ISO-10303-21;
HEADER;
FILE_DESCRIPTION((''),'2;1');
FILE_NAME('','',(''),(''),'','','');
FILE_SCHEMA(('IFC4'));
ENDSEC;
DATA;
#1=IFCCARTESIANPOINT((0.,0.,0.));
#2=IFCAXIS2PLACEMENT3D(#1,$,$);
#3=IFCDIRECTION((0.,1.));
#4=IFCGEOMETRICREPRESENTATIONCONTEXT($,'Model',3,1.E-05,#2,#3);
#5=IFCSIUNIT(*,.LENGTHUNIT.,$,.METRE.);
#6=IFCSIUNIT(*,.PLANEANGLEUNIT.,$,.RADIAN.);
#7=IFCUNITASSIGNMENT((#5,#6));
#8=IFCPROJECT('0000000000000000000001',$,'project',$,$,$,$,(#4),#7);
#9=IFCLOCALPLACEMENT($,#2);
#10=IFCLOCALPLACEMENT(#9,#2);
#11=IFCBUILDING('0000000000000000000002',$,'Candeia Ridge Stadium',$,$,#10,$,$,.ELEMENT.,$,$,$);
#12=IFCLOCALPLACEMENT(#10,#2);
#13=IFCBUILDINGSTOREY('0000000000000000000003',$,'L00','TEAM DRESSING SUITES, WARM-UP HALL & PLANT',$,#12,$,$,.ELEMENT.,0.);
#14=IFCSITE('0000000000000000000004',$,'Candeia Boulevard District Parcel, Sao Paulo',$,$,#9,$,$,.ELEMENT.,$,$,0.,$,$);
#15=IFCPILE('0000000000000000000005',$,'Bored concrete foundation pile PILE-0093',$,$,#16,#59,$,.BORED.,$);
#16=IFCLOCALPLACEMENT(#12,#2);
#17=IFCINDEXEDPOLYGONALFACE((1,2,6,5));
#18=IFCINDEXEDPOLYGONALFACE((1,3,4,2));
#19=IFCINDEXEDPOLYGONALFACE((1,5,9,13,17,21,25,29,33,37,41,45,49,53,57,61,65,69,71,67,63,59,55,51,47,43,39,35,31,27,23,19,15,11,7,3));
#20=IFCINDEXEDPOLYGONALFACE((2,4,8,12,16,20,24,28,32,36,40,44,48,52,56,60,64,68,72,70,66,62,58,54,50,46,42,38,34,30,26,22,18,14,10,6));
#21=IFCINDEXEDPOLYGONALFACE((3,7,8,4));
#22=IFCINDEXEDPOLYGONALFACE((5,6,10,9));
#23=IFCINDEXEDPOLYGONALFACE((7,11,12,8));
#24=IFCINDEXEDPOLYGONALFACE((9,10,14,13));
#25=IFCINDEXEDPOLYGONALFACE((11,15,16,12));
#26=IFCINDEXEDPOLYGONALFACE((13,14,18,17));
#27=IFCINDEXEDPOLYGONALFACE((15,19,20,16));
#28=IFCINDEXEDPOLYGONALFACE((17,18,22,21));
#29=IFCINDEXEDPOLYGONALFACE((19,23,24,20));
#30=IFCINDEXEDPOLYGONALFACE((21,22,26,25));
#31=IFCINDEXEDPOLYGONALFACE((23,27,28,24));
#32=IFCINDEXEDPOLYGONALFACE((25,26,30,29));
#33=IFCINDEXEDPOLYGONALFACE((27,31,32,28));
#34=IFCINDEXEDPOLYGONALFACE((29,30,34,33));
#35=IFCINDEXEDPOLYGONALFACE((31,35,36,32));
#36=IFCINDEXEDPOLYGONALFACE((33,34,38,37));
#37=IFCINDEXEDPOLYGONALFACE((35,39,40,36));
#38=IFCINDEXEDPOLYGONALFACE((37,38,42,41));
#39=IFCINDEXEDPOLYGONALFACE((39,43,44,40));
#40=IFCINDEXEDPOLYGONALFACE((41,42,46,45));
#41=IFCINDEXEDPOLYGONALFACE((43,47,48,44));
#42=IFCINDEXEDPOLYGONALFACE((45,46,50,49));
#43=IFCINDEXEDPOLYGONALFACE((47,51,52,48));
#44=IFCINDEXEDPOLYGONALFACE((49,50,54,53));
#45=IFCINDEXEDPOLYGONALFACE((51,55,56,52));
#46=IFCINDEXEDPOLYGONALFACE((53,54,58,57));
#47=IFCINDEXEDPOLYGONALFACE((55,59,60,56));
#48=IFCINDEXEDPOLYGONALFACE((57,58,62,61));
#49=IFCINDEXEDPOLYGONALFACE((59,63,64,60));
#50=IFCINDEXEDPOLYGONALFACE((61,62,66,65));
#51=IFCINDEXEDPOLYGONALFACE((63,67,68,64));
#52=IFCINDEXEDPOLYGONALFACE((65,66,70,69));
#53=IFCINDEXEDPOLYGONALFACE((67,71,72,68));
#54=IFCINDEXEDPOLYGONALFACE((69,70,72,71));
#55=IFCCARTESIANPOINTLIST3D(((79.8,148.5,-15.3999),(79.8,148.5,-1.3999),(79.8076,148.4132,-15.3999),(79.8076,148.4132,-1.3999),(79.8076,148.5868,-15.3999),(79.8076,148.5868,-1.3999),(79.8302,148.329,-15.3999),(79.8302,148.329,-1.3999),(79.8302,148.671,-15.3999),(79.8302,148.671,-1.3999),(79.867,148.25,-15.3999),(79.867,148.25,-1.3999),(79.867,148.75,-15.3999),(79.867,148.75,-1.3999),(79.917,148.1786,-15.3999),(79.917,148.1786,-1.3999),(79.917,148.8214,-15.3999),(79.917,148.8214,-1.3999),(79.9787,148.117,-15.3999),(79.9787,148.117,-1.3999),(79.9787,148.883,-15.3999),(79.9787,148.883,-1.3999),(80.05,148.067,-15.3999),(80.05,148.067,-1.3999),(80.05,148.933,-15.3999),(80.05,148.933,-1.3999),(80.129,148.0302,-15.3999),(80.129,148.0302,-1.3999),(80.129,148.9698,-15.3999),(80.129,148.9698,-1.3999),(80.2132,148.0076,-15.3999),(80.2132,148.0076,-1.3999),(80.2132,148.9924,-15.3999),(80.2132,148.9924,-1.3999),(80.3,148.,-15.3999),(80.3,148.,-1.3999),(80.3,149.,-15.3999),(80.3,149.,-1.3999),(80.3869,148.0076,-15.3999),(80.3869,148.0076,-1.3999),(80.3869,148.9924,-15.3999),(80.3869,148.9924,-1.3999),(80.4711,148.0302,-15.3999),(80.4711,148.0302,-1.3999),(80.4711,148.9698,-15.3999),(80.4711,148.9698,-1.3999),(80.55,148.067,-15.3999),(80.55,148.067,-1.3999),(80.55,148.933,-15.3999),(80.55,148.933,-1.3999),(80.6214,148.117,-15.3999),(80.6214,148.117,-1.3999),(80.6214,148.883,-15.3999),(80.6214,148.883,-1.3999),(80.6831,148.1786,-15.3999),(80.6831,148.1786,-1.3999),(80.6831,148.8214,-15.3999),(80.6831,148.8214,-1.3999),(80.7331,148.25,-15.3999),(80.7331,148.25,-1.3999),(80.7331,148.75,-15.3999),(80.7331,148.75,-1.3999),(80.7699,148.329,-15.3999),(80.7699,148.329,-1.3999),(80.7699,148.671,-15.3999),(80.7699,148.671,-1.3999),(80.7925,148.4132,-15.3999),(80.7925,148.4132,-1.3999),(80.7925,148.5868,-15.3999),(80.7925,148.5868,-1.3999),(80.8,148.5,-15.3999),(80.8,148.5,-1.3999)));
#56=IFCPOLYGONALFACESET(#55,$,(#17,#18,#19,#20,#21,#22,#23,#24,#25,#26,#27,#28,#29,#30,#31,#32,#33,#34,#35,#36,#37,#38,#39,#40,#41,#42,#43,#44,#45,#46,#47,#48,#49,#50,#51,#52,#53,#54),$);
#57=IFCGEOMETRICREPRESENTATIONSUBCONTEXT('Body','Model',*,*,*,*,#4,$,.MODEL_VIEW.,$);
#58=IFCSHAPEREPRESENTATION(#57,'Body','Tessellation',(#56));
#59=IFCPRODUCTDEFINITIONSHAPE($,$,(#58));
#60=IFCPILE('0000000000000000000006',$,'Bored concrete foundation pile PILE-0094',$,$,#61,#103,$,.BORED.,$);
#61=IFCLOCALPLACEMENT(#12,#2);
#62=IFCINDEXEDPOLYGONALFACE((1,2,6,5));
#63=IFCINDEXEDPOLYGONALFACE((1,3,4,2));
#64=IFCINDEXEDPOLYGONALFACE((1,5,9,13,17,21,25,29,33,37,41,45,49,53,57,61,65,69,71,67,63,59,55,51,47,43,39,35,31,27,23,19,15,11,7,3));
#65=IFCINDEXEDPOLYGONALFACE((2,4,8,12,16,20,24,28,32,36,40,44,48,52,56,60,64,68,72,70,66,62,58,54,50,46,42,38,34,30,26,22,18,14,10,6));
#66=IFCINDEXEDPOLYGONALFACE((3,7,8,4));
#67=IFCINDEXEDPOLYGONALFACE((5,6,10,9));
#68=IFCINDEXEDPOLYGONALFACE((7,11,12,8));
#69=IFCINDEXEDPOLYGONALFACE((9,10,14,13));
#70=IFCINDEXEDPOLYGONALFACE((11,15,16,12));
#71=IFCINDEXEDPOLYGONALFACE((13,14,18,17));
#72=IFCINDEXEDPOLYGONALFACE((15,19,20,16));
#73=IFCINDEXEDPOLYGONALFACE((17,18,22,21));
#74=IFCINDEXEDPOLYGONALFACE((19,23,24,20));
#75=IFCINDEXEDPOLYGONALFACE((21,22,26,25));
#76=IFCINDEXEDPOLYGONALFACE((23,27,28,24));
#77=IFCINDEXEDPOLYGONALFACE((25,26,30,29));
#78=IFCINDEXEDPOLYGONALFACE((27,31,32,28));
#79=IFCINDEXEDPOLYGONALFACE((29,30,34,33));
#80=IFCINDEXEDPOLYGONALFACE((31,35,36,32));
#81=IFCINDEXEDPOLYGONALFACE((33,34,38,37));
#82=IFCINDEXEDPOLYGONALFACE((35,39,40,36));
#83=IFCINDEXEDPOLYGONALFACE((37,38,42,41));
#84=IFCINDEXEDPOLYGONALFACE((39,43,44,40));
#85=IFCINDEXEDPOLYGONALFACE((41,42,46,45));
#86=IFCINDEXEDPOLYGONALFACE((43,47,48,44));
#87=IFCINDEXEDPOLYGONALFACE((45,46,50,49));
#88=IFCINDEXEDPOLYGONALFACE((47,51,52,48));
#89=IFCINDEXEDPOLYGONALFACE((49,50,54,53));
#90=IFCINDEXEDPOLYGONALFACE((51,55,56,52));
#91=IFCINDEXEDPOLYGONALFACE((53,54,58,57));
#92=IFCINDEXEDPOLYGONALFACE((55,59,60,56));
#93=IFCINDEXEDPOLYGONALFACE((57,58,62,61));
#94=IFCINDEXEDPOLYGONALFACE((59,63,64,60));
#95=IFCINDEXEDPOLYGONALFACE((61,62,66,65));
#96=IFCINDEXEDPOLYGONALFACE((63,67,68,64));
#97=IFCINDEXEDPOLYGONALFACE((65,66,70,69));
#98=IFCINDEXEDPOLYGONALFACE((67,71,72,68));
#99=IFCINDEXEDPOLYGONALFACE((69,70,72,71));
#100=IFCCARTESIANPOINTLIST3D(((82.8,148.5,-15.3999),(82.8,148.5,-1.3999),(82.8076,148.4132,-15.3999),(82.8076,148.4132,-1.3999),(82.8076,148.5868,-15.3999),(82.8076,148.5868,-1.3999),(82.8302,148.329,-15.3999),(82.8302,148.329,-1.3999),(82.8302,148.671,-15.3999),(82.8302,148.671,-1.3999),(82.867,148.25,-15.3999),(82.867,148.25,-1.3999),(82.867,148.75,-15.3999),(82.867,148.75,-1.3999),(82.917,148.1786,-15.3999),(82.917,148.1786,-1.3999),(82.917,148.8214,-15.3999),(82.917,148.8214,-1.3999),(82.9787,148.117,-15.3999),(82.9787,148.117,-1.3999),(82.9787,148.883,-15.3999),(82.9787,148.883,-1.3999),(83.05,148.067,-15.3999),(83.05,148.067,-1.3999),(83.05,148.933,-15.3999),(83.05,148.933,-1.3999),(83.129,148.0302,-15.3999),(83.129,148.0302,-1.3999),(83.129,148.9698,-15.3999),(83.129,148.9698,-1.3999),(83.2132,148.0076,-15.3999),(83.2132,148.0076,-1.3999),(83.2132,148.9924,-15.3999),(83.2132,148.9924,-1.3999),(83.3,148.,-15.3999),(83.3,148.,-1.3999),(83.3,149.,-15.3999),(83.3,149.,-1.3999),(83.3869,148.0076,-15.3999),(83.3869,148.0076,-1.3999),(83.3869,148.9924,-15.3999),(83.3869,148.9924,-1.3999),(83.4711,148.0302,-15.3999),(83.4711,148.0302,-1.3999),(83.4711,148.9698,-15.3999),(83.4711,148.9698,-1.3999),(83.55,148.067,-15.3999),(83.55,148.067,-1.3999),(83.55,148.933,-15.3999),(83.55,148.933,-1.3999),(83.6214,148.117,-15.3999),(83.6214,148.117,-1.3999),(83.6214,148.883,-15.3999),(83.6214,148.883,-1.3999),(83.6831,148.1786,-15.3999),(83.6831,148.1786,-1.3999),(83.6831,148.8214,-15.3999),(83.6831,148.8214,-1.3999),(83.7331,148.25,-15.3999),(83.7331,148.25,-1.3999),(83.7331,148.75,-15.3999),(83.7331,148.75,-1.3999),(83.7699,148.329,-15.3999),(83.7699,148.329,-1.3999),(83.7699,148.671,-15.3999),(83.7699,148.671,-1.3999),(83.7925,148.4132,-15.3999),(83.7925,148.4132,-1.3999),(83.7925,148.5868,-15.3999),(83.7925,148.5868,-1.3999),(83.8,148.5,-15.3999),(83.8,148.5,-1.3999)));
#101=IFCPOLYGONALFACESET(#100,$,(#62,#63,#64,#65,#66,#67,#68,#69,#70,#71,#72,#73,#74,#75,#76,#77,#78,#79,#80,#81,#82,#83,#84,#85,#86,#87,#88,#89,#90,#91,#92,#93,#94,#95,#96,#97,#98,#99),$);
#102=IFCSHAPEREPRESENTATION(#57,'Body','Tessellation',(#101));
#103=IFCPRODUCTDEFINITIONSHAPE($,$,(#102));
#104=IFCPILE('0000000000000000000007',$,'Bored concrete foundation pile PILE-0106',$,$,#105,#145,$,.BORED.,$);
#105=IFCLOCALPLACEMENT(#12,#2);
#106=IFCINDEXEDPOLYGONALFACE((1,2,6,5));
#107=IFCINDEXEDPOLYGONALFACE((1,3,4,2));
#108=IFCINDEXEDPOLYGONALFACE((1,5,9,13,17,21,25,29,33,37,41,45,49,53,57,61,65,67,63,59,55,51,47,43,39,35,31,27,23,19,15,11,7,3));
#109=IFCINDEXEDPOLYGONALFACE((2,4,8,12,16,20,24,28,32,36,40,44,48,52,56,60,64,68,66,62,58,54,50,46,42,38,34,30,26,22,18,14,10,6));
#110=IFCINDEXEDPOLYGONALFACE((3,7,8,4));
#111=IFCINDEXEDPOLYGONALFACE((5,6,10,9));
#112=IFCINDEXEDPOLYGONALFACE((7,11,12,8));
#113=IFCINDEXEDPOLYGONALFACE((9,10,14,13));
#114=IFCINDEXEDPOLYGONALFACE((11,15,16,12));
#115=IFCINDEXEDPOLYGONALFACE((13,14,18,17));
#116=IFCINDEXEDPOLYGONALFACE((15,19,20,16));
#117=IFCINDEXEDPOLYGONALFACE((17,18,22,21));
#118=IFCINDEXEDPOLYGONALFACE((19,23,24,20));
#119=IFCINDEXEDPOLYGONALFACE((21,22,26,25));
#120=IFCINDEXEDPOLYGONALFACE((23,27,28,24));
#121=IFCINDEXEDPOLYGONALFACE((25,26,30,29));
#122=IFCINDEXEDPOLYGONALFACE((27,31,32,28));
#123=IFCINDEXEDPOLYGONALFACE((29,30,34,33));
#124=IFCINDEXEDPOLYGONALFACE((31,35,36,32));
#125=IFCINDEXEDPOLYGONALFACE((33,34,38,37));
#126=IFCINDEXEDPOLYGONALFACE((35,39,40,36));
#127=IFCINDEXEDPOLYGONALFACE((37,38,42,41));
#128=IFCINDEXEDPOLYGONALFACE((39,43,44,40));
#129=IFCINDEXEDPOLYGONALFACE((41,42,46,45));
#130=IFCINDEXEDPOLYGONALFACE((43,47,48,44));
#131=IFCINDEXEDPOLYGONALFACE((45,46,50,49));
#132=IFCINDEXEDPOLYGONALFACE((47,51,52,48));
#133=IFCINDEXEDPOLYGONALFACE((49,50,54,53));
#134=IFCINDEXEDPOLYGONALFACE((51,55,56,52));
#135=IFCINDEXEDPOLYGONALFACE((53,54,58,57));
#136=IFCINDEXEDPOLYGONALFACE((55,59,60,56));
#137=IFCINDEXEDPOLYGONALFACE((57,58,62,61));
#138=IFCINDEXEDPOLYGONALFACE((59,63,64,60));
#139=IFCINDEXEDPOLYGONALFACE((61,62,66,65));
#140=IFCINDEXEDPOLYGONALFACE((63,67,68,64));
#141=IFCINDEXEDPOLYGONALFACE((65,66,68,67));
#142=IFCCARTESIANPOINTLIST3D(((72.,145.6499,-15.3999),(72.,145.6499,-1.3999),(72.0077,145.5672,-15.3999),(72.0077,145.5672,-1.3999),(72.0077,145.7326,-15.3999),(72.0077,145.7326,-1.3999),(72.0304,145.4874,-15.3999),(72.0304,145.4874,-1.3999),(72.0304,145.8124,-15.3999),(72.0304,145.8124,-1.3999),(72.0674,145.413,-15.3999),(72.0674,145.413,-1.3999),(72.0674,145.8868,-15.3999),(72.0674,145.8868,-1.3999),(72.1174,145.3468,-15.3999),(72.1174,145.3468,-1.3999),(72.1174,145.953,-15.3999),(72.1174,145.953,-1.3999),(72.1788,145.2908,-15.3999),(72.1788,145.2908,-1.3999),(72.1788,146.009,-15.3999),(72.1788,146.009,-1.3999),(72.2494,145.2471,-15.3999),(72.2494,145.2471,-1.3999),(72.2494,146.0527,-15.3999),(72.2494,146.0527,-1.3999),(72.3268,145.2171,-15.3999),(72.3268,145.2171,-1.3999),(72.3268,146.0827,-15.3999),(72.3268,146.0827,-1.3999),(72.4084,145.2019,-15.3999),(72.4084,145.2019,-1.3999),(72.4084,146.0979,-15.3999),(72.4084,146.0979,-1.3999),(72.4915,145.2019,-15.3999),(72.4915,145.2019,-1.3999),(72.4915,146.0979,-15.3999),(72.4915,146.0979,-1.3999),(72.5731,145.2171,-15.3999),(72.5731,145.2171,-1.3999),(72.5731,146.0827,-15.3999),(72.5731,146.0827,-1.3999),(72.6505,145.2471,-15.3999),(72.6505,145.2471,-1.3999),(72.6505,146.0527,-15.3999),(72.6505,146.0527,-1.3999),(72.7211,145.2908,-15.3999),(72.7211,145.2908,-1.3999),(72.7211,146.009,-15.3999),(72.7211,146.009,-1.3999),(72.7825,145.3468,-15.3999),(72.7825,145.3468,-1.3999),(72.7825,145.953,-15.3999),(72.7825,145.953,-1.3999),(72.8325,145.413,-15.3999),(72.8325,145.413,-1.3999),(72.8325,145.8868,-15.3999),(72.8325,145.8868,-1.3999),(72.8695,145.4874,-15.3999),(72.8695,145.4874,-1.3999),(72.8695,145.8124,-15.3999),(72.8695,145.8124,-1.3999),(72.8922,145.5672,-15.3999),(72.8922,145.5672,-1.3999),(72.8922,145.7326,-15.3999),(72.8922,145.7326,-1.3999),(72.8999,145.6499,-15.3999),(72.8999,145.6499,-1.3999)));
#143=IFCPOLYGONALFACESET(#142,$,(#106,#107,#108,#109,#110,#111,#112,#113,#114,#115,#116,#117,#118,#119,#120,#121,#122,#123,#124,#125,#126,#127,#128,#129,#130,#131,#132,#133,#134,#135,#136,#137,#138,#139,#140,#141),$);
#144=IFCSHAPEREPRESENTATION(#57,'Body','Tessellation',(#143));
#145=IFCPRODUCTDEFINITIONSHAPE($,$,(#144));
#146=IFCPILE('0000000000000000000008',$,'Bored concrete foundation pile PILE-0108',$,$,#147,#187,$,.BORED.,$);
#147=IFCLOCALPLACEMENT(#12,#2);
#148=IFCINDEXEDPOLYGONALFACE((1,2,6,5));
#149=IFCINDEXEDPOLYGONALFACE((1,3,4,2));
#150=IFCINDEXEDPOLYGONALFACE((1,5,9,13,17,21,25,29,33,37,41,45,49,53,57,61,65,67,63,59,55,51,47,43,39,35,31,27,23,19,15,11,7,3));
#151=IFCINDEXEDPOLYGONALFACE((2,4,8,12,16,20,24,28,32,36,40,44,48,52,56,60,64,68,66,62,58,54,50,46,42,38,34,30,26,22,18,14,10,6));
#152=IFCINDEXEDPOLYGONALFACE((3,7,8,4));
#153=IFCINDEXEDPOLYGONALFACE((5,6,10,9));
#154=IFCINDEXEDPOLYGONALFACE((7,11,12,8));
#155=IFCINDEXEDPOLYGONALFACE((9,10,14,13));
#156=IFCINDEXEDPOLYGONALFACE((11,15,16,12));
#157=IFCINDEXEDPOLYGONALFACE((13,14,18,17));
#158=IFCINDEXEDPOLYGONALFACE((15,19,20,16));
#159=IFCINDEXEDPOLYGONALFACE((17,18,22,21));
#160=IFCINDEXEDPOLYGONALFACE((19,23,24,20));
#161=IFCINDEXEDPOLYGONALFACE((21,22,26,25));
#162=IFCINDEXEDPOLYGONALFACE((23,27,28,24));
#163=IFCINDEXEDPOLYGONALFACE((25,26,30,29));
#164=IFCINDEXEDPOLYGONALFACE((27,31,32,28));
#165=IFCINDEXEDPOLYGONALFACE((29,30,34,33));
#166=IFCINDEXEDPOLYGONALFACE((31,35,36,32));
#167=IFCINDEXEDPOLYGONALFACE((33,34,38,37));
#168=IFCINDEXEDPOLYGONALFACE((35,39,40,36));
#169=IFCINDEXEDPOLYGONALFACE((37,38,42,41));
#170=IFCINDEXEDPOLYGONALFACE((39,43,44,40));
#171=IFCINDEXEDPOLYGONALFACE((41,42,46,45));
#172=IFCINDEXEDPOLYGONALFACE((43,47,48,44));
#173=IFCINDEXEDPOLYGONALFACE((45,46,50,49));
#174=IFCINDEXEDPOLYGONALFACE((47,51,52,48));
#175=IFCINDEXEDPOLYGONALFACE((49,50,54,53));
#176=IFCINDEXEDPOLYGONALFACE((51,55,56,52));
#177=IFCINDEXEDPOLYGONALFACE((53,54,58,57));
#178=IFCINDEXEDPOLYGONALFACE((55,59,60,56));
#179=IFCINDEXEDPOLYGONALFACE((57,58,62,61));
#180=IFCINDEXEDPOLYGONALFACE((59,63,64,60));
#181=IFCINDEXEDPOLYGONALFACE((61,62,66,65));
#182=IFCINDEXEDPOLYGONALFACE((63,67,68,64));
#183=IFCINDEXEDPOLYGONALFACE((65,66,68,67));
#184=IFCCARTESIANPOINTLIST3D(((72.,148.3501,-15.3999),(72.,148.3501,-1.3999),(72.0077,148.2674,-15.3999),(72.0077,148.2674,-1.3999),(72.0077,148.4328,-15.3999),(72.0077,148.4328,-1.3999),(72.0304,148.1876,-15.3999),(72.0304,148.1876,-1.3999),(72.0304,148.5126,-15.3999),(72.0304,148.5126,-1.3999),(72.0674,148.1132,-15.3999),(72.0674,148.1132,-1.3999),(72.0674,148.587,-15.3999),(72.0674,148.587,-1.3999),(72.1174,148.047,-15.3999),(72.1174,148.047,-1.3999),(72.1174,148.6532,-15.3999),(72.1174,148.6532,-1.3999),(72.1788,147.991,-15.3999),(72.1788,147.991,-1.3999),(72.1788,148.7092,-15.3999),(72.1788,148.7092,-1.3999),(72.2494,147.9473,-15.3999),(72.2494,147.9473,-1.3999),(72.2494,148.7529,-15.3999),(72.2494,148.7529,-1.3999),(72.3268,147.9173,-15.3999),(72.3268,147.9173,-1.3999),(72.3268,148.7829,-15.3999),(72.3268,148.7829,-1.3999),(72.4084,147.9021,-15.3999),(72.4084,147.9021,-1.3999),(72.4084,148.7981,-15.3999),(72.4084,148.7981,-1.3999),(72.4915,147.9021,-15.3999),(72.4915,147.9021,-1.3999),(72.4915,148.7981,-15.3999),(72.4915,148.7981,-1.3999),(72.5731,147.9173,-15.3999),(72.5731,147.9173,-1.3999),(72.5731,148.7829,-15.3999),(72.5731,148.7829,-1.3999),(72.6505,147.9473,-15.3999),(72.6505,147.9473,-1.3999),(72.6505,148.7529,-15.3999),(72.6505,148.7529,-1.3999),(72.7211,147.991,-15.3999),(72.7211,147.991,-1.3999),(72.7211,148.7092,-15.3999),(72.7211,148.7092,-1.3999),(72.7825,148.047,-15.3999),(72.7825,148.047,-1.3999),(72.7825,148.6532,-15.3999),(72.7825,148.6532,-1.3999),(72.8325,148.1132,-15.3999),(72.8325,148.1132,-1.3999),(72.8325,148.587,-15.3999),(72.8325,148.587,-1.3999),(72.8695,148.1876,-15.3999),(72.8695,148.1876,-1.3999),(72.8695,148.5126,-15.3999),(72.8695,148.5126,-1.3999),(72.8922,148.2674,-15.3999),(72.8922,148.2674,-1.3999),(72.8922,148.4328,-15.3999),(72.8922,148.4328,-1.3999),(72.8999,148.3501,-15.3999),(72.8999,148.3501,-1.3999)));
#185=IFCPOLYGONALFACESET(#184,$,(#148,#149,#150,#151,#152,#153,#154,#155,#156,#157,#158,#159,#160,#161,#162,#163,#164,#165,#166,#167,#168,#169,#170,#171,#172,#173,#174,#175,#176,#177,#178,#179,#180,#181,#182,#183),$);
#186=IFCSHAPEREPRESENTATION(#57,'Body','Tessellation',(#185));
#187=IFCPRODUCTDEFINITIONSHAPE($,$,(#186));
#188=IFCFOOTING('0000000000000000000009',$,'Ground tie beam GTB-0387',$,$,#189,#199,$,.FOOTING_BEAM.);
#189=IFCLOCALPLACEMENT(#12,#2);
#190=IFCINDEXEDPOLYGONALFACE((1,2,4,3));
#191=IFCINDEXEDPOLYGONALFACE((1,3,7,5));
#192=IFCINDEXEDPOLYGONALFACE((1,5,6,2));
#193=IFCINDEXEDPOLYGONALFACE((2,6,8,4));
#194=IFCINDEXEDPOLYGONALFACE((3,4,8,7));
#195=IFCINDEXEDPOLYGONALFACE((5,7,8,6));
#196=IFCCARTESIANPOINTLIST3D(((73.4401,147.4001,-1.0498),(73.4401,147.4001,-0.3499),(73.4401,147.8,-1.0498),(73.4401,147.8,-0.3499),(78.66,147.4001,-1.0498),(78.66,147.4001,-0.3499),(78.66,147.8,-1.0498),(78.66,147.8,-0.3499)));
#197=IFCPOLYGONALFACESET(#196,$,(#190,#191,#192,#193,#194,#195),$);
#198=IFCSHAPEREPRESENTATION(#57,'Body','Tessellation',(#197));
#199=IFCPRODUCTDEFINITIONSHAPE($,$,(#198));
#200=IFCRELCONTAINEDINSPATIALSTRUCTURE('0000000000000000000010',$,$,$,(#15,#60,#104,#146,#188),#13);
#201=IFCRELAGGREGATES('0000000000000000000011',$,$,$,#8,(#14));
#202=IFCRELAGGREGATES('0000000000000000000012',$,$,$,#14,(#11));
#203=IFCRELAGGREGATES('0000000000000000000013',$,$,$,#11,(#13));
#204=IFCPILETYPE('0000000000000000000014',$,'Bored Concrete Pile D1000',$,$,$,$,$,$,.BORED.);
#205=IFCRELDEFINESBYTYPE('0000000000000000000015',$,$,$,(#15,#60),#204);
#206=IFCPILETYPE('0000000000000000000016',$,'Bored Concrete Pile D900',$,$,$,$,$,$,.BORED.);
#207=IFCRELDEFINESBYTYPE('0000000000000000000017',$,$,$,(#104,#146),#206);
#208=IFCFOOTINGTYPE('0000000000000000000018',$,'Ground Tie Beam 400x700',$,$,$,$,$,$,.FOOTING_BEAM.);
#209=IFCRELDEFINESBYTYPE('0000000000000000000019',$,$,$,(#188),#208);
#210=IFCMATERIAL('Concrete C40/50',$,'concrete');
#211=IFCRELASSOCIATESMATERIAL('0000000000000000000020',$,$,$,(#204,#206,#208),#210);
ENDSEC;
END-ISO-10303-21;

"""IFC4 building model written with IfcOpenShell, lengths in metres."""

from ifc_helpers import new_model, si_unit, direction, frame, origin, origin_2d, place, context, subcontext, project, spatial, rectangle, circle, extrude, material, material_profile, profile_set, type_object, element, save


model = new_model("IFC4")

# Units and contexts
model_context = context("Model", 3, precision=1e-05, world=origin(), true_north=direction((0.0, 1.0)))
body_context = subcontext(model_context, "Body", "Model", "MODEL_VIEW")
ifc_project = project(units=[si_unit("LENGTHUNIT", "METRE"), si_unit("PLANEANGLEUNIT", "RADIAN")], contexts=[model_context])

# Site, building, storey
site_placement = place(None, origin())
site = spatial("IfcSite", under=ifc_project, at=site_placement, Name="Candeia Boulevard District Parcel, Sao Paulo", CompositionType="ELEMENT", RefElevation=0.0)
building_placement = place(site_placement, origin())
building = spatial("IfcBuilding", under=site, at=building_placement, Name="Candeia Ridge Stadium", CompositionType="ELEMENT")
storey_placement = place(building_placement, origin())
storey = spatial("IfcBuildingStorey", under=building, at=storey_placement, Name="L00", Description="TEAM DRESSING SUITES, WARM-UP HALL & PLANT", CompositionType="ELEMENT", Elevation=0.0)

# Piles
ifc_material_1 = material(Name="Concrete C40/50", Category="concrete")
ifc_material_profile_1 = material_profile(ifc_material_1, circle(Radius=0.5, at=origin_2d()), Name="PILE-D1000", Category="concrete")
ifc_profile_set_1 = profile_set([ifc_material_profile_1], Name="Concrete C40/50")
pile_type_1 = type_object("IfcPileType", Name="Bored Concrete Pile D1000", PredefinedType="BORED", material=ifc_profile_set_1)
for number, where, z_axis, x_axis, name in (
    (1, (80.3, 148.5, -1.3999), (0.0, 0.0, -1.0), (1.0, 0.0, 0.0), "Bored concrete foundation pile PILE-0093"),
    (2, (83.3, 148.5, -1.3999), (0.0, 0.0, -1.0), (1.0, 0.0, 0.0), "Bored concrete foundation pile PILE-0094"),
):
    element("IfcPile", number, at=place(storey_placement, frame(where, z_axis=z_axis, x_axis=x_axis)), inside=storey, type_object=pile_type_1, Name=name, PredefinedType="BORED", context=body_context, shape_type="SweptSolid", body=[
        extrude(circle(Radius=0.5, at=origin_2d()), origin(), (0.0, 0.0, 1.0), 14.0),
    ])
ifc_material_profile_2 = material_profile(ifc_material_1, circle(Radius=0.45, at=origin_2d()), Name="PILE-D900", Category="concrete")
ifc_profile_set_2 = profile_set([ifc_material_profile_2], Name="Concrete C40/50")
pile_type_2 = type_object("IfcPileType", Name="Bored Concrete Pile D900", PredefinedType="BORED", material=ifc_profile_set_2)
for number, where, z_axis, x_axis, name in (
    (3, (72.45, 145.6499, -1.3999), (0.0, 0.0, -1.0), (1.0, 0.0, 0.0), "Bored concrete foundation pile PILE-0106"),
    (4, (72.45, 148.3501, -1.3999), (0.0, 0.0, -1.0), (1.0, 0.0, 0.0), "Bored concrete foundation pile PILE-0108"),
):
    element("IfcPile", number, at=place(storey_placement, frame(where, z_axis=z_axis, x_axis=x_axis)), inside=storey, type_object=pile_type_2, Name=name, PredefinedType="BORED", context=body_context, shape_type="SweptSolid", body=[
        extrude(circle(Radius=0.45, at=origin_2d()), origin(), (0.0, 0.0, 1.0), 14.0),
    ])

# Footing
footing_type_1 = type_object("IfcFootingType", Name="Ground Tie Beam 400x700", PredefinedType="FOOTING_BEAM", material=ifc_material_1)
footing_1_placement = place(storey_placement, frame((76.05, 147.6001, -1.0498), z_axis=(0.0, 0.0, 1.0), x_axis=(1.0, 0.0, 0.0)))
element("IfcFooting", 5, at=footing_1_placement, inside=storey, type_object=footing_type_1, Name="Ground tie beam GTB-0387", PredefinedType="FOOTING_BEAM", context=body_context, shape_type="SweptSolid", body=[
    extrude(rectangle(XDim=5.22, YDim=0.3999, at=origin_2d()), origin(), (0.0, 0.0, 1.0), 0.7),
])

save(model, "model.ifc")
